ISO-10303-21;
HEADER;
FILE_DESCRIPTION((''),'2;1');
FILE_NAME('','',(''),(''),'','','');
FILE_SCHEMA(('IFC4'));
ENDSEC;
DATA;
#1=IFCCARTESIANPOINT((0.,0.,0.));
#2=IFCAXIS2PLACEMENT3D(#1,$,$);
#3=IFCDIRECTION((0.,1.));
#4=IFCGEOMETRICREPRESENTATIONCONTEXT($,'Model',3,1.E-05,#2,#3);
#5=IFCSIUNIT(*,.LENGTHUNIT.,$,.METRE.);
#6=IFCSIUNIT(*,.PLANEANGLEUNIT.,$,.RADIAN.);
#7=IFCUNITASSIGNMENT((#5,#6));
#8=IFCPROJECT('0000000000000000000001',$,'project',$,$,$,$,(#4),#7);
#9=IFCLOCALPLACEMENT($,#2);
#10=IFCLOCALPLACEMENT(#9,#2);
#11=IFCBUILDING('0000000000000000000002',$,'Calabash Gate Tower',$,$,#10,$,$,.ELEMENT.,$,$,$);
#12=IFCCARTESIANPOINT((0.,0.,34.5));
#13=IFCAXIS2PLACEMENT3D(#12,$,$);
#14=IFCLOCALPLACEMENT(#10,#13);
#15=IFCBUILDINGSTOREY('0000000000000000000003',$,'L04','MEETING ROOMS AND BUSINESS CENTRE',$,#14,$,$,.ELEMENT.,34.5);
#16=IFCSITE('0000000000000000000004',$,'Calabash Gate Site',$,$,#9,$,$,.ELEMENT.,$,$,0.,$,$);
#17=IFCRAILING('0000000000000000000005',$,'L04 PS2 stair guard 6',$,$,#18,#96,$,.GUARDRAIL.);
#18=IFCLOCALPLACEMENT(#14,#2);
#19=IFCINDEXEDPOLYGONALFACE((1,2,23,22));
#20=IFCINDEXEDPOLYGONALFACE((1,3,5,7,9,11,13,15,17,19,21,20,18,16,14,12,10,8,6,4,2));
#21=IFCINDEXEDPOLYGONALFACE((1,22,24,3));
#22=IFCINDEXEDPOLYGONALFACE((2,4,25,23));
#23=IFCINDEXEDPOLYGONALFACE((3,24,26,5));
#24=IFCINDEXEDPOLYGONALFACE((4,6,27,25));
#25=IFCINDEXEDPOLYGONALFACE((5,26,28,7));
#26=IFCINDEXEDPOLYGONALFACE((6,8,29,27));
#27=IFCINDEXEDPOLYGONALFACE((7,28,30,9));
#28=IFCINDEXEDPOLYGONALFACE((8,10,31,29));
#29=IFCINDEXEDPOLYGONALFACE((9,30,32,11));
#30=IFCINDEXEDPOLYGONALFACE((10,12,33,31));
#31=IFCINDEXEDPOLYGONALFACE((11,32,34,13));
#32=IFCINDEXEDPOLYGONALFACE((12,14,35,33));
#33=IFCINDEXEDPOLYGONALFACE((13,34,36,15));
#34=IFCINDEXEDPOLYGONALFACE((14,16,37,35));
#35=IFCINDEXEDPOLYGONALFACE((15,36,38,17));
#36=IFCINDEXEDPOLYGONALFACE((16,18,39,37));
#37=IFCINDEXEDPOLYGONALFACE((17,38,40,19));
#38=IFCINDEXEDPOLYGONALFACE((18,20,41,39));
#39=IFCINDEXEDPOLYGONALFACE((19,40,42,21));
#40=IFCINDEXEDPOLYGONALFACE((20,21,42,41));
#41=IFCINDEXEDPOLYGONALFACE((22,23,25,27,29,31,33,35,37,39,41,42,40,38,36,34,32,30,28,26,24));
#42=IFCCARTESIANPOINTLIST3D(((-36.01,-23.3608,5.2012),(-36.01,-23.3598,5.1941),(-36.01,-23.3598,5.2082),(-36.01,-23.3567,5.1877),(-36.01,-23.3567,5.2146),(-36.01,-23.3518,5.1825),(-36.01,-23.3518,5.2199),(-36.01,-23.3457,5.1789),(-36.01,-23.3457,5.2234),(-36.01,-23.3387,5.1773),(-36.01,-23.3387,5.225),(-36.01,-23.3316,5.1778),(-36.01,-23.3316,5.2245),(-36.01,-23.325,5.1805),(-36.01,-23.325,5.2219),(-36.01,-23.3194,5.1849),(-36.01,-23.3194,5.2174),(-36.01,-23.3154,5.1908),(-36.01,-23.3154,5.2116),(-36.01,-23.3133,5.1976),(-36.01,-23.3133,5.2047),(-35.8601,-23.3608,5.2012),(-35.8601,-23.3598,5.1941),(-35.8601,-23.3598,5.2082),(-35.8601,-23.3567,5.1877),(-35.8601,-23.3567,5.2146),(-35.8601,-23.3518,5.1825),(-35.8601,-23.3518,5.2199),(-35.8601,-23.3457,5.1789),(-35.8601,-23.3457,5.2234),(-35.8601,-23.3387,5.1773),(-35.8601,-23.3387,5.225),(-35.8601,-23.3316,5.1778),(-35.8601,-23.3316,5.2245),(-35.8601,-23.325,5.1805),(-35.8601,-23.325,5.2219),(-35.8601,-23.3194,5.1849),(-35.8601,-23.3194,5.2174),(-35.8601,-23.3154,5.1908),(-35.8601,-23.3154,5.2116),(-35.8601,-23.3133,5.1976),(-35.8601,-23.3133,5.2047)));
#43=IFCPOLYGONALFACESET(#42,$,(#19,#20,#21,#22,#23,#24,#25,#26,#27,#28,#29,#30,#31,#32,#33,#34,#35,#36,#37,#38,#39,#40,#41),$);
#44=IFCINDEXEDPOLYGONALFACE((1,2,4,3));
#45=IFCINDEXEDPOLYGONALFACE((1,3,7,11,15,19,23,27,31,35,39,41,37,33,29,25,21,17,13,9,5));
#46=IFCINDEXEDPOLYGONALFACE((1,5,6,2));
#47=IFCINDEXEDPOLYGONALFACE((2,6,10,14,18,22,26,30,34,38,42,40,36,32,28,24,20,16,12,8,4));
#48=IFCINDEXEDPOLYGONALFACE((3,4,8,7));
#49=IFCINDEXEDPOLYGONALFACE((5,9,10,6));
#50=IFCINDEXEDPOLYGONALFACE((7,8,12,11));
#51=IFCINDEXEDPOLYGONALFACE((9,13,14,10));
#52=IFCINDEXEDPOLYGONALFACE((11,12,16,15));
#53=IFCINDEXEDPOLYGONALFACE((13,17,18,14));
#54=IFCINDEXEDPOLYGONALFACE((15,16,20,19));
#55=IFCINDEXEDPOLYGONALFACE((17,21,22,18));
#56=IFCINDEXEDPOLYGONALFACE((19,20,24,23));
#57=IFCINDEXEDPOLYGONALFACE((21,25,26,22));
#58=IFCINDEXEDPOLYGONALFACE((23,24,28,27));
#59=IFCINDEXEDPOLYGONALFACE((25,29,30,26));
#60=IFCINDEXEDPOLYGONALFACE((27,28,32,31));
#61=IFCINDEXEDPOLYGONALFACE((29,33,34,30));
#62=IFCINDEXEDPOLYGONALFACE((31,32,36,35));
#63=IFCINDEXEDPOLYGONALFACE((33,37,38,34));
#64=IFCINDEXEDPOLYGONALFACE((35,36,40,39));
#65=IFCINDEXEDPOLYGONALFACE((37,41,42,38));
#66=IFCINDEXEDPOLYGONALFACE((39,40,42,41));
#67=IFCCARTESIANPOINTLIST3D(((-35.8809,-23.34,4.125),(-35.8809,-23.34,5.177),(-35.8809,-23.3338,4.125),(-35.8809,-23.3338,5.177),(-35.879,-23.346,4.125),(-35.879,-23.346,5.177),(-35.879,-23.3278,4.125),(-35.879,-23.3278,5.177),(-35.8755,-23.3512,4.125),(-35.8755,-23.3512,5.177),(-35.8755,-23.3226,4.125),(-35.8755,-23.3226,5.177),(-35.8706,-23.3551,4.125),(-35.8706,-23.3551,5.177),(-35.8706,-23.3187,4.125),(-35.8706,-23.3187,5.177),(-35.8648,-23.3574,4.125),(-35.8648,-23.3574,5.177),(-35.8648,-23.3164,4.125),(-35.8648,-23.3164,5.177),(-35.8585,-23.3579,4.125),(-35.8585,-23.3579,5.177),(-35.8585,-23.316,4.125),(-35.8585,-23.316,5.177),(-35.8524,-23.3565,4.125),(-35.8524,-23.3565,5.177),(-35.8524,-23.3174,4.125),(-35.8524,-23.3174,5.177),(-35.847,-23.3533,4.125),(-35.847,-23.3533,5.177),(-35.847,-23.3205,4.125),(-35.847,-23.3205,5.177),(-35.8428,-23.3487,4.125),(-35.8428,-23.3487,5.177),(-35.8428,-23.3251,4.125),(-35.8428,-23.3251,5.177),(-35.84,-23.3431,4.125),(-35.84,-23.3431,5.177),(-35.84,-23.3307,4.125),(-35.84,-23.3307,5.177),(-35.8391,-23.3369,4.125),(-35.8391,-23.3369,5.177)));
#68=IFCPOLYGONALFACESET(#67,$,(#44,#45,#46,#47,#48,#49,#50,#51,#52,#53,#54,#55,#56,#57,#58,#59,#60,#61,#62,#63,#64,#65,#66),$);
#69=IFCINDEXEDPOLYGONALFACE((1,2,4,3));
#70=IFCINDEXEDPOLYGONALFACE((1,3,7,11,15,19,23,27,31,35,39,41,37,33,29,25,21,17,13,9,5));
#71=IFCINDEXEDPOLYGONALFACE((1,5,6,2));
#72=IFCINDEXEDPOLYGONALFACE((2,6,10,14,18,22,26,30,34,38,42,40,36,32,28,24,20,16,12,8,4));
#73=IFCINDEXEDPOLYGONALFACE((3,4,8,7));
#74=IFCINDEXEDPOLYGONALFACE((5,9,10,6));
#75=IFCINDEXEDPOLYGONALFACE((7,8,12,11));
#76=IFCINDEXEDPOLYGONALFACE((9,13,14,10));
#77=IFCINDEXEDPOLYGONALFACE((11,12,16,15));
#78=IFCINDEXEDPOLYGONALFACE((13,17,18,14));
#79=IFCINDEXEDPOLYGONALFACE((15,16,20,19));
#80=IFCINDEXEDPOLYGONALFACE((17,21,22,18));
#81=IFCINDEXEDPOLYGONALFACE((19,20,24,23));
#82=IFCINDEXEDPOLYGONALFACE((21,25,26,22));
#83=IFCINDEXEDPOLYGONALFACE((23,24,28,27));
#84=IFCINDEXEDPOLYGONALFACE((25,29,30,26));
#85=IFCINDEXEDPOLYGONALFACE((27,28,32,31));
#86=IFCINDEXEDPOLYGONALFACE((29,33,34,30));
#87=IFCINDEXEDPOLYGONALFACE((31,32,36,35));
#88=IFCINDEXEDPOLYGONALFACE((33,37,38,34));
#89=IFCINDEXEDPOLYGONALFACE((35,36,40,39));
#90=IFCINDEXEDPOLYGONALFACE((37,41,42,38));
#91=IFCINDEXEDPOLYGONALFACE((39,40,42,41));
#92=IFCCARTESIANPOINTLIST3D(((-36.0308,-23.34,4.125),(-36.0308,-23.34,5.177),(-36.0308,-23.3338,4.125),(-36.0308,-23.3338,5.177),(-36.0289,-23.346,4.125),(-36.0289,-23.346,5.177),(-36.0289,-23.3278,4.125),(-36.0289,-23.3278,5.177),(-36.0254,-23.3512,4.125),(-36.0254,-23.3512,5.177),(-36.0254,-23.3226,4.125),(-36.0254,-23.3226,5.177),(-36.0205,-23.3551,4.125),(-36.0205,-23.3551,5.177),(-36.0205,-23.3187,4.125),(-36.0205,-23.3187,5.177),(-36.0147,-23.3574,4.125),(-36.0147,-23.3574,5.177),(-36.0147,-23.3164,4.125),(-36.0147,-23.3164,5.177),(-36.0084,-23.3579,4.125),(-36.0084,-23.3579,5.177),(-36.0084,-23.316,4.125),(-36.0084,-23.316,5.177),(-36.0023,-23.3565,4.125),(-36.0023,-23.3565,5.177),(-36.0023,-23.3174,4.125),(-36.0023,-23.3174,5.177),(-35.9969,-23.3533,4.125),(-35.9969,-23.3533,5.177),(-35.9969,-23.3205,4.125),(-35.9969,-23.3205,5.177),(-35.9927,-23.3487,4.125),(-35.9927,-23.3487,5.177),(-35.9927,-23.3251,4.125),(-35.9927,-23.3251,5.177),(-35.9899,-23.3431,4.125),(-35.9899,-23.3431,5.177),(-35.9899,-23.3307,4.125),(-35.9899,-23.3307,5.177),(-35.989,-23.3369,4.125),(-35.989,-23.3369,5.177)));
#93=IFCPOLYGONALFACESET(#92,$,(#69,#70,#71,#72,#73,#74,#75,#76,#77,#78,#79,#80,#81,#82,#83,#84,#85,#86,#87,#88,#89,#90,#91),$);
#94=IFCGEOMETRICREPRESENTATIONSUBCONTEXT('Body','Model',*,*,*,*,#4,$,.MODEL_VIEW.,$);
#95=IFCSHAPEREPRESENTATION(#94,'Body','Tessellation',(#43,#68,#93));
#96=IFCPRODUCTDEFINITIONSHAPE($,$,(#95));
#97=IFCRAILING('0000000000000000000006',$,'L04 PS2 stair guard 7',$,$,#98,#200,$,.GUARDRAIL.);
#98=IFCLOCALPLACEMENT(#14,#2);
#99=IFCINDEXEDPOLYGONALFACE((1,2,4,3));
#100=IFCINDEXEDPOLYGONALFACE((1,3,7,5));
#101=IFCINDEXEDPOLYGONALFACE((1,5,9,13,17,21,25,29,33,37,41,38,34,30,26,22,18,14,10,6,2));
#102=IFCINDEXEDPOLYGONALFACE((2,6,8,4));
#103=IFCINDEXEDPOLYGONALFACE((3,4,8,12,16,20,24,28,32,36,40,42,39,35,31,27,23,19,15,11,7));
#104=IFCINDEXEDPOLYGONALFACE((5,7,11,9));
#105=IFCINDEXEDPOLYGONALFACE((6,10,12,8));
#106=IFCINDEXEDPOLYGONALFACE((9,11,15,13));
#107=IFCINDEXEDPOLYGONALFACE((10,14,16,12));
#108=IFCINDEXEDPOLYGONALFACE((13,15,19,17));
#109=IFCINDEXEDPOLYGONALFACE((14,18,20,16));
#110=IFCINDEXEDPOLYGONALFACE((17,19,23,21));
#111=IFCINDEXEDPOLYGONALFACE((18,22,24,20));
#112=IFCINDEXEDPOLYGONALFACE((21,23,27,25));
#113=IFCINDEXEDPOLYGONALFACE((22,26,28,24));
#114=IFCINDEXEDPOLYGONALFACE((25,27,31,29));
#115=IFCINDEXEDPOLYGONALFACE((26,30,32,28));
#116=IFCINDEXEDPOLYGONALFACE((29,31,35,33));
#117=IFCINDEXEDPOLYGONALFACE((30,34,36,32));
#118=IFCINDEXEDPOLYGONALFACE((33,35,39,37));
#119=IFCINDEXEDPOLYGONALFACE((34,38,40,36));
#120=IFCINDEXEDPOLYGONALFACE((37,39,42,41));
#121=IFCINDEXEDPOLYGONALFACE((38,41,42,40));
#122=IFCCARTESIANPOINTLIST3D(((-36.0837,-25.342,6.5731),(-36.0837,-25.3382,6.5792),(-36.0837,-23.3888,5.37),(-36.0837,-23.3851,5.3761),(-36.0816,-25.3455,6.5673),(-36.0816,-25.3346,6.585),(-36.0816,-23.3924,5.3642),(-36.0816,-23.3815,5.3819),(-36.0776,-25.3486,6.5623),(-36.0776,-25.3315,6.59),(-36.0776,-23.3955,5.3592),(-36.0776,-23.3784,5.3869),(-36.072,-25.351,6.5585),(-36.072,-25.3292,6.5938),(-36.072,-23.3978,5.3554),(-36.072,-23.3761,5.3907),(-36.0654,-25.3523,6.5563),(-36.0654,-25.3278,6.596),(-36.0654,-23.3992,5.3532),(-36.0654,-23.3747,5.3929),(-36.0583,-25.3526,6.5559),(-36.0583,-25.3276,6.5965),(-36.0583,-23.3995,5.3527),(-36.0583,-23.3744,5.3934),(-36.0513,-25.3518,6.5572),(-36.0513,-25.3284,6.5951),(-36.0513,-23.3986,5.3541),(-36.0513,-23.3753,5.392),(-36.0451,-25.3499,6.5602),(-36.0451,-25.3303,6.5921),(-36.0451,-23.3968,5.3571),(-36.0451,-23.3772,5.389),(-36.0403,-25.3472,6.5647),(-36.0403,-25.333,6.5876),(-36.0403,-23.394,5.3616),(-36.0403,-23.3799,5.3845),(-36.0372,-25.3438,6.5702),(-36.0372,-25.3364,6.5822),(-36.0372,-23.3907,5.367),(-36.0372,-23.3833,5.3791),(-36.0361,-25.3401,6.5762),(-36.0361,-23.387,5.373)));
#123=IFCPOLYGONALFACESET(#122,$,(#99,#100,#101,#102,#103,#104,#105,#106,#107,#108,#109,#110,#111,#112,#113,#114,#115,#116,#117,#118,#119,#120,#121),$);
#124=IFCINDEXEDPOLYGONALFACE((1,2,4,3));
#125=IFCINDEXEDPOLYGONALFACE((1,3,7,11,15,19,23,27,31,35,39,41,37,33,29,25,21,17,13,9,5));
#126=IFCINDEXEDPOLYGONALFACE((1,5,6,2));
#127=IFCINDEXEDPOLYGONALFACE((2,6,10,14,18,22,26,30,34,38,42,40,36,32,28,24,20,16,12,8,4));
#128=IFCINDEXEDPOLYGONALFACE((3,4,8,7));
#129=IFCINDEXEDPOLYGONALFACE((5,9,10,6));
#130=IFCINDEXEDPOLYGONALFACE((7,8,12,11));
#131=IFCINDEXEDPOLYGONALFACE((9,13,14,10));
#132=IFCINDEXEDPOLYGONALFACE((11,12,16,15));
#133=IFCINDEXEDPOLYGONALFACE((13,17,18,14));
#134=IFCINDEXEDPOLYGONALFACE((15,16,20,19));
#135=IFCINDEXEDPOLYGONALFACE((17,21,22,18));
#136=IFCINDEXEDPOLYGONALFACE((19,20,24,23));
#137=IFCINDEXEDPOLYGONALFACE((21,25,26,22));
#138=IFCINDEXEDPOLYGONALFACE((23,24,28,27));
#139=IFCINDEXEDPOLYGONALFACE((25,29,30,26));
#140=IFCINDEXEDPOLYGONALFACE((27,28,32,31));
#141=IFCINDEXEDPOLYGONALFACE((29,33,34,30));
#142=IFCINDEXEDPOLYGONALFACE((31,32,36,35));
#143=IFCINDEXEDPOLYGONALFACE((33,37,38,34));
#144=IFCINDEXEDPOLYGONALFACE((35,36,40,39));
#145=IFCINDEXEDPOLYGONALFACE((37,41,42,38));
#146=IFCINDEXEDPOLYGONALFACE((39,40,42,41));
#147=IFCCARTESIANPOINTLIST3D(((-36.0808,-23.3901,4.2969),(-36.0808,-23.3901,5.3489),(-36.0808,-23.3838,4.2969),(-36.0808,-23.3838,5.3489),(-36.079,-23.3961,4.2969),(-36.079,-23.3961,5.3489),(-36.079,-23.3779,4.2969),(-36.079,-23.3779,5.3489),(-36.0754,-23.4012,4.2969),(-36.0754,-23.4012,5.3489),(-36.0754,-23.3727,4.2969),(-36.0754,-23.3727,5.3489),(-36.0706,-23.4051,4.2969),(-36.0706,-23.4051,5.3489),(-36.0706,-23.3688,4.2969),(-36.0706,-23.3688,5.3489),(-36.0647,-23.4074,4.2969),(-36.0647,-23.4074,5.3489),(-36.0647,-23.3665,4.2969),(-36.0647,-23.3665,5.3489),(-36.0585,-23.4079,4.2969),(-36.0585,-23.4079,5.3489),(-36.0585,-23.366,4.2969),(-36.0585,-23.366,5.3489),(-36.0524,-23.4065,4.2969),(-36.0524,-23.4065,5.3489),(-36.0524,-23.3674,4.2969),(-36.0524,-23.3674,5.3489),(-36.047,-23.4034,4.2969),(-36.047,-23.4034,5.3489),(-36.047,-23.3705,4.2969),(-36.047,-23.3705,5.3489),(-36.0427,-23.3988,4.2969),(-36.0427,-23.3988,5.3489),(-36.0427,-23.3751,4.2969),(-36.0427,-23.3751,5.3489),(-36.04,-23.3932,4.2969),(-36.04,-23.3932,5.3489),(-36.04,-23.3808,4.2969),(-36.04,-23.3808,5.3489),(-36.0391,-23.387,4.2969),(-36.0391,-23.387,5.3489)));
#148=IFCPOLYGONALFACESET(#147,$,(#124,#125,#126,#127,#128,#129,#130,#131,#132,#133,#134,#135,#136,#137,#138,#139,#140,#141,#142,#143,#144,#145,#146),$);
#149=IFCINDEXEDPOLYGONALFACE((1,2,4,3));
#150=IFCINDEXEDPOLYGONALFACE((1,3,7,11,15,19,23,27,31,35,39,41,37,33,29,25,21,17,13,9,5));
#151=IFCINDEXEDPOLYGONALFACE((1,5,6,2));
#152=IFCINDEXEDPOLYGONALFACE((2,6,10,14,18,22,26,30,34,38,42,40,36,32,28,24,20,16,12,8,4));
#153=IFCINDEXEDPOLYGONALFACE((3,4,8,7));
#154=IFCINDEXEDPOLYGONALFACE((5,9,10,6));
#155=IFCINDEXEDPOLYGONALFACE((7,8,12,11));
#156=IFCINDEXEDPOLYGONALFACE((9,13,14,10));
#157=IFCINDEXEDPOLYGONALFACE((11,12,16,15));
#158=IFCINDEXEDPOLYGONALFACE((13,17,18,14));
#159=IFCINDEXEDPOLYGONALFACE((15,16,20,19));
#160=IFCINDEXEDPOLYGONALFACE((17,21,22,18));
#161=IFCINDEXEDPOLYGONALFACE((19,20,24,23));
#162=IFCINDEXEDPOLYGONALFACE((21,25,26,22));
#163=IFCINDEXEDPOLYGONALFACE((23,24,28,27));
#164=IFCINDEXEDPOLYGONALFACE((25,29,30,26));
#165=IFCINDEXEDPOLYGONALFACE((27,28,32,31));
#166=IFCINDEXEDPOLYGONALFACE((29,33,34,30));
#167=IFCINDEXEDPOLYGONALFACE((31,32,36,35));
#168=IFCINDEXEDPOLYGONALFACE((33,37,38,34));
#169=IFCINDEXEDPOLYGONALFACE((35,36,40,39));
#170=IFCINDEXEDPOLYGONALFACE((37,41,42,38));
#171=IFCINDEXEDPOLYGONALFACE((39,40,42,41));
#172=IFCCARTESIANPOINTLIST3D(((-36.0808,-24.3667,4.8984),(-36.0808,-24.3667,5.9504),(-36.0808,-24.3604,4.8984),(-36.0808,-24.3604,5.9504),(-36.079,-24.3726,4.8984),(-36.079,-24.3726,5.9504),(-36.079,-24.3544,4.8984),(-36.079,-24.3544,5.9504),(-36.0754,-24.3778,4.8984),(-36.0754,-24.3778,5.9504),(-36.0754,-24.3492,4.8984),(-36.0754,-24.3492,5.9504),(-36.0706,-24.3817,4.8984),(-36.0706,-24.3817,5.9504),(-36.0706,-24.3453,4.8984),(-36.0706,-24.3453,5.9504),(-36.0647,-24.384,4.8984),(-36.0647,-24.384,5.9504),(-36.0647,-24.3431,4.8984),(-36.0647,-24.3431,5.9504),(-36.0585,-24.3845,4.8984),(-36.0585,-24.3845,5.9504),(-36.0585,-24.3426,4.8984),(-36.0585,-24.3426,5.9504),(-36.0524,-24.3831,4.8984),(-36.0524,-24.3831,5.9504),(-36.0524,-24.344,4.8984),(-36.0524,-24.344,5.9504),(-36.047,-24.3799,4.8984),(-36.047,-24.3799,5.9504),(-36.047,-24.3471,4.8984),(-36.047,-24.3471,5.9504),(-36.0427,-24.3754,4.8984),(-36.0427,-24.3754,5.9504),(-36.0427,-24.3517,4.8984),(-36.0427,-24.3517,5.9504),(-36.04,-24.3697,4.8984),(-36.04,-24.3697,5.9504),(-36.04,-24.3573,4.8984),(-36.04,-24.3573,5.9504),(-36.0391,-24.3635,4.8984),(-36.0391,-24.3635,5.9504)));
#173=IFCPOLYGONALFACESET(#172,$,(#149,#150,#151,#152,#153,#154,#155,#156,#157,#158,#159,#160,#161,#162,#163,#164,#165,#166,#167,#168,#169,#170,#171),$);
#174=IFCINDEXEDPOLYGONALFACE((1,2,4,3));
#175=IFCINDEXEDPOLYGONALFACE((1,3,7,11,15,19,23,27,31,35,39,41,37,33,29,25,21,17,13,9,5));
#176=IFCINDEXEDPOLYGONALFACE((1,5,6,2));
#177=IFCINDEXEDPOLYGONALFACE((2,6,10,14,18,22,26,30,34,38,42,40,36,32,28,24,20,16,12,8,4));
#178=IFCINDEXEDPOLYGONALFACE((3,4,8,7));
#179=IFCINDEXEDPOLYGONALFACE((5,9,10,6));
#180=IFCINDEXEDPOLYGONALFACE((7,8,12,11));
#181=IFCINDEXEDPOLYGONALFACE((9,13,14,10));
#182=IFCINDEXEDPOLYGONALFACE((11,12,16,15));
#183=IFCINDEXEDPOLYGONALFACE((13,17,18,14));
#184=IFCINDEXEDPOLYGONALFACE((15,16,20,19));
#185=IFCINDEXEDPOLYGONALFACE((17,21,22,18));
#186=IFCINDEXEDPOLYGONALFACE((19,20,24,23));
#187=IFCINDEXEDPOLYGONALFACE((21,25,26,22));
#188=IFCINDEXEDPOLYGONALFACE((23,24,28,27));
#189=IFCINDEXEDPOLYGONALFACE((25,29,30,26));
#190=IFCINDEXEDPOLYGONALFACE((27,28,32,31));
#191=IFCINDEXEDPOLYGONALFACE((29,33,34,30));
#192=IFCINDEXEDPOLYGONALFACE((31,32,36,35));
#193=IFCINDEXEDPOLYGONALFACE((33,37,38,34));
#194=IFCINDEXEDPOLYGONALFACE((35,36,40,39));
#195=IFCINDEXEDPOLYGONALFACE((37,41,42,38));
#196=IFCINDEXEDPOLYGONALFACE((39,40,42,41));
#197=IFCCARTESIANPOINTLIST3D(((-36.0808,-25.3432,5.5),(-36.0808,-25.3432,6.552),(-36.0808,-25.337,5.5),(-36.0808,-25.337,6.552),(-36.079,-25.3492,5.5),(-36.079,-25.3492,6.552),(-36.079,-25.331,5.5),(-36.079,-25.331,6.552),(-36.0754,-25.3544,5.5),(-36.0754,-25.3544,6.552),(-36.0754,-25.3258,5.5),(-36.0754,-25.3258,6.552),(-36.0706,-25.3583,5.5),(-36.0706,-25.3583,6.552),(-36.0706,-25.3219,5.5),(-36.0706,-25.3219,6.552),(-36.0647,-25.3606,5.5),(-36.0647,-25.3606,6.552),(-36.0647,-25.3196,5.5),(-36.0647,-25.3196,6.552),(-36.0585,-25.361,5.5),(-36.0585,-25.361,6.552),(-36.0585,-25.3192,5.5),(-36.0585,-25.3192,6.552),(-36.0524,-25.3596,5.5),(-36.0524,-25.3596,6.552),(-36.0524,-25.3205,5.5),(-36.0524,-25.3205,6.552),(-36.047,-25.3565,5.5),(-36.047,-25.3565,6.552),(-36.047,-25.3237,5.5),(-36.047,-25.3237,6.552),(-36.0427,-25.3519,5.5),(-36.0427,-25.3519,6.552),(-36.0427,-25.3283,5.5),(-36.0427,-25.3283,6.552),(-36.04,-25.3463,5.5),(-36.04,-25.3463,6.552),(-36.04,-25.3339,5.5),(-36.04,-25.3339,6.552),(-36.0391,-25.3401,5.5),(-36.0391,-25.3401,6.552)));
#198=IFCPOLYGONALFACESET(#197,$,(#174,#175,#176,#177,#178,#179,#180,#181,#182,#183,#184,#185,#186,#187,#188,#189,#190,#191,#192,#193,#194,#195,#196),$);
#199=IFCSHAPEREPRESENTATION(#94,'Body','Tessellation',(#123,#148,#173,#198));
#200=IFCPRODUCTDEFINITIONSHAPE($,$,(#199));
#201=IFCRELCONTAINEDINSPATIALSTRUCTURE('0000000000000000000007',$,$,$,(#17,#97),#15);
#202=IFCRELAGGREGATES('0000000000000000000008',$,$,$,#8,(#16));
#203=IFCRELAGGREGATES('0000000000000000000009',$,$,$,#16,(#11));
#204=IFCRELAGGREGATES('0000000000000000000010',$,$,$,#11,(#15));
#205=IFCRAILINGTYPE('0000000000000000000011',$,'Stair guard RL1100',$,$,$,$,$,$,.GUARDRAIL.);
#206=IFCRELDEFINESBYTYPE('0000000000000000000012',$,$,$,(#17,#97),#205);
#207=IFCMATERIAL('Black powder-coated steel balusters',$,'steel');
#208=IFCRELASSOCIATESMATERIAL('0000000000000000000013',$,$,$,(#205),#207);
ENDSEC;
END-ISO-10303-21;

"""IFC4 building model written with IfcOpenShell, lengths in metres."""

from ifc_helpers import new_model, si_unit, direction, frame, origin, origin_2d, place, context, subcontext, project, spatial, circle, extrude, material, type_object, element, save


model = new_model("IFC4")

# Units and contexts
model_context = context("Model", 3, precision=1e-05, world=origin(), true_north=direction((0.0, 1.0)))
body_context = subcontext(model_context, "Body", "Model", "MODEL_VIEW")
ifc_project = project(units=[si_unit("LENGTHUNIT", "METRE"), si_unit("PLANEANGLEUNIT", "RADIAN")], contexts=[model_context])

# Site, building, storey
site_placement = place(None, origin())
site = spatial("IfcSite", under=ifc_project, at=site_placement, Name="Calabash Gate Site", CompositionType="ELEMENT", RefElevation=0.0)
building_placement = place(site_placement, origin())
building = spatial("IfcBuilding", under=site, at=building_placement, Name="Calabash Gate Tower", CompositionType="ELEMENT")
storey_placement = place(building_placement, frame((0.0, 0.0, 34.5)))
storey = spatial("IfcBuildingStorey", under=building, at=storey_placement, Name="L04", Description="MEETING ROOMS AND BUSINESS CENTRE", CompositionType="ELEMENT", Elevation=34.5)

# Railings
ifc_material_1 = material(Name="Black powder-coated steel balusters", Category="steel")
railing_type_1 = type_object("IfcRailingType", Name="Stair guard RL1100", PredefinedType="GUARDRAIL", material=ifc_material_1)
railing_1_placement = place(storey_placement, frame((-35.8601, -23.3369, 4.125)))
element("IfcRailing", 1, at=railing_1_placement, inside=storey, type_object=railing_type_1, Name="L04 PS2 stair guard 6", PredefinedType="GUARDRAIL", context=body_context, shape_type="SweptSolid", body=[
    extrude(circle(Radius=0.0239, at=origin_2d()), frame((0.0, 0.0, 1.0762), z_axis=(-1.0, 0.0, 0.0), x_axis=(0.0, -1.0, 0.0)), (0.0, 0.0, 1.0), 0.1499),
    extrude(circle(Radius=0.021, at=origin_2d()), origin(), (0.0, 0.0, 1.0), 1.052),
    extrude(circle(Radius=0.021, at=origin_2d()), frame((-0.1499, 0.0, 0.0)), (0.0, 0.0, 1.0), 1.052),
])
railing_2_placement = place(storey_placement, frame((-36.0601, -23.387, 4.2969)))
element("IfcRailing", 2, at=railing_2_placement, inside=storey, type_object=railing_type_1, Name="L04 PS2 stair guard 7", PredefinedType="GUARDRAIL", context=body_context, shape_type="SweptSolid", body=[
    extrude(circle(Radius=0.0239, at=origin_2d()), frame((0.0, 0.0, 1.0762), z_axis=(0.0, -0.851424, 0.524477), x_axis=(1.0, 0.0, 0.0)), (0.0, 0.0, 1.0), 2.2939),
    extrude(circle(Radius=0.021, at=origin_2d()), origin(), (0.0, 0.0, 1.0), 1.052),
    extrude(circle(Radius=0.021, at=origin_2d()), frame((0.0, -0.9766, 0.6016)), (0.0, 0.0, 1.0), 1.052),
    extrude(circle(Radius=0.021, at=origin_2d()), frame((0.0, -1.9531, 1.2031)), (0.0, 0.0, 1.0), 1.052),
])

save(model, "model.ifc")
